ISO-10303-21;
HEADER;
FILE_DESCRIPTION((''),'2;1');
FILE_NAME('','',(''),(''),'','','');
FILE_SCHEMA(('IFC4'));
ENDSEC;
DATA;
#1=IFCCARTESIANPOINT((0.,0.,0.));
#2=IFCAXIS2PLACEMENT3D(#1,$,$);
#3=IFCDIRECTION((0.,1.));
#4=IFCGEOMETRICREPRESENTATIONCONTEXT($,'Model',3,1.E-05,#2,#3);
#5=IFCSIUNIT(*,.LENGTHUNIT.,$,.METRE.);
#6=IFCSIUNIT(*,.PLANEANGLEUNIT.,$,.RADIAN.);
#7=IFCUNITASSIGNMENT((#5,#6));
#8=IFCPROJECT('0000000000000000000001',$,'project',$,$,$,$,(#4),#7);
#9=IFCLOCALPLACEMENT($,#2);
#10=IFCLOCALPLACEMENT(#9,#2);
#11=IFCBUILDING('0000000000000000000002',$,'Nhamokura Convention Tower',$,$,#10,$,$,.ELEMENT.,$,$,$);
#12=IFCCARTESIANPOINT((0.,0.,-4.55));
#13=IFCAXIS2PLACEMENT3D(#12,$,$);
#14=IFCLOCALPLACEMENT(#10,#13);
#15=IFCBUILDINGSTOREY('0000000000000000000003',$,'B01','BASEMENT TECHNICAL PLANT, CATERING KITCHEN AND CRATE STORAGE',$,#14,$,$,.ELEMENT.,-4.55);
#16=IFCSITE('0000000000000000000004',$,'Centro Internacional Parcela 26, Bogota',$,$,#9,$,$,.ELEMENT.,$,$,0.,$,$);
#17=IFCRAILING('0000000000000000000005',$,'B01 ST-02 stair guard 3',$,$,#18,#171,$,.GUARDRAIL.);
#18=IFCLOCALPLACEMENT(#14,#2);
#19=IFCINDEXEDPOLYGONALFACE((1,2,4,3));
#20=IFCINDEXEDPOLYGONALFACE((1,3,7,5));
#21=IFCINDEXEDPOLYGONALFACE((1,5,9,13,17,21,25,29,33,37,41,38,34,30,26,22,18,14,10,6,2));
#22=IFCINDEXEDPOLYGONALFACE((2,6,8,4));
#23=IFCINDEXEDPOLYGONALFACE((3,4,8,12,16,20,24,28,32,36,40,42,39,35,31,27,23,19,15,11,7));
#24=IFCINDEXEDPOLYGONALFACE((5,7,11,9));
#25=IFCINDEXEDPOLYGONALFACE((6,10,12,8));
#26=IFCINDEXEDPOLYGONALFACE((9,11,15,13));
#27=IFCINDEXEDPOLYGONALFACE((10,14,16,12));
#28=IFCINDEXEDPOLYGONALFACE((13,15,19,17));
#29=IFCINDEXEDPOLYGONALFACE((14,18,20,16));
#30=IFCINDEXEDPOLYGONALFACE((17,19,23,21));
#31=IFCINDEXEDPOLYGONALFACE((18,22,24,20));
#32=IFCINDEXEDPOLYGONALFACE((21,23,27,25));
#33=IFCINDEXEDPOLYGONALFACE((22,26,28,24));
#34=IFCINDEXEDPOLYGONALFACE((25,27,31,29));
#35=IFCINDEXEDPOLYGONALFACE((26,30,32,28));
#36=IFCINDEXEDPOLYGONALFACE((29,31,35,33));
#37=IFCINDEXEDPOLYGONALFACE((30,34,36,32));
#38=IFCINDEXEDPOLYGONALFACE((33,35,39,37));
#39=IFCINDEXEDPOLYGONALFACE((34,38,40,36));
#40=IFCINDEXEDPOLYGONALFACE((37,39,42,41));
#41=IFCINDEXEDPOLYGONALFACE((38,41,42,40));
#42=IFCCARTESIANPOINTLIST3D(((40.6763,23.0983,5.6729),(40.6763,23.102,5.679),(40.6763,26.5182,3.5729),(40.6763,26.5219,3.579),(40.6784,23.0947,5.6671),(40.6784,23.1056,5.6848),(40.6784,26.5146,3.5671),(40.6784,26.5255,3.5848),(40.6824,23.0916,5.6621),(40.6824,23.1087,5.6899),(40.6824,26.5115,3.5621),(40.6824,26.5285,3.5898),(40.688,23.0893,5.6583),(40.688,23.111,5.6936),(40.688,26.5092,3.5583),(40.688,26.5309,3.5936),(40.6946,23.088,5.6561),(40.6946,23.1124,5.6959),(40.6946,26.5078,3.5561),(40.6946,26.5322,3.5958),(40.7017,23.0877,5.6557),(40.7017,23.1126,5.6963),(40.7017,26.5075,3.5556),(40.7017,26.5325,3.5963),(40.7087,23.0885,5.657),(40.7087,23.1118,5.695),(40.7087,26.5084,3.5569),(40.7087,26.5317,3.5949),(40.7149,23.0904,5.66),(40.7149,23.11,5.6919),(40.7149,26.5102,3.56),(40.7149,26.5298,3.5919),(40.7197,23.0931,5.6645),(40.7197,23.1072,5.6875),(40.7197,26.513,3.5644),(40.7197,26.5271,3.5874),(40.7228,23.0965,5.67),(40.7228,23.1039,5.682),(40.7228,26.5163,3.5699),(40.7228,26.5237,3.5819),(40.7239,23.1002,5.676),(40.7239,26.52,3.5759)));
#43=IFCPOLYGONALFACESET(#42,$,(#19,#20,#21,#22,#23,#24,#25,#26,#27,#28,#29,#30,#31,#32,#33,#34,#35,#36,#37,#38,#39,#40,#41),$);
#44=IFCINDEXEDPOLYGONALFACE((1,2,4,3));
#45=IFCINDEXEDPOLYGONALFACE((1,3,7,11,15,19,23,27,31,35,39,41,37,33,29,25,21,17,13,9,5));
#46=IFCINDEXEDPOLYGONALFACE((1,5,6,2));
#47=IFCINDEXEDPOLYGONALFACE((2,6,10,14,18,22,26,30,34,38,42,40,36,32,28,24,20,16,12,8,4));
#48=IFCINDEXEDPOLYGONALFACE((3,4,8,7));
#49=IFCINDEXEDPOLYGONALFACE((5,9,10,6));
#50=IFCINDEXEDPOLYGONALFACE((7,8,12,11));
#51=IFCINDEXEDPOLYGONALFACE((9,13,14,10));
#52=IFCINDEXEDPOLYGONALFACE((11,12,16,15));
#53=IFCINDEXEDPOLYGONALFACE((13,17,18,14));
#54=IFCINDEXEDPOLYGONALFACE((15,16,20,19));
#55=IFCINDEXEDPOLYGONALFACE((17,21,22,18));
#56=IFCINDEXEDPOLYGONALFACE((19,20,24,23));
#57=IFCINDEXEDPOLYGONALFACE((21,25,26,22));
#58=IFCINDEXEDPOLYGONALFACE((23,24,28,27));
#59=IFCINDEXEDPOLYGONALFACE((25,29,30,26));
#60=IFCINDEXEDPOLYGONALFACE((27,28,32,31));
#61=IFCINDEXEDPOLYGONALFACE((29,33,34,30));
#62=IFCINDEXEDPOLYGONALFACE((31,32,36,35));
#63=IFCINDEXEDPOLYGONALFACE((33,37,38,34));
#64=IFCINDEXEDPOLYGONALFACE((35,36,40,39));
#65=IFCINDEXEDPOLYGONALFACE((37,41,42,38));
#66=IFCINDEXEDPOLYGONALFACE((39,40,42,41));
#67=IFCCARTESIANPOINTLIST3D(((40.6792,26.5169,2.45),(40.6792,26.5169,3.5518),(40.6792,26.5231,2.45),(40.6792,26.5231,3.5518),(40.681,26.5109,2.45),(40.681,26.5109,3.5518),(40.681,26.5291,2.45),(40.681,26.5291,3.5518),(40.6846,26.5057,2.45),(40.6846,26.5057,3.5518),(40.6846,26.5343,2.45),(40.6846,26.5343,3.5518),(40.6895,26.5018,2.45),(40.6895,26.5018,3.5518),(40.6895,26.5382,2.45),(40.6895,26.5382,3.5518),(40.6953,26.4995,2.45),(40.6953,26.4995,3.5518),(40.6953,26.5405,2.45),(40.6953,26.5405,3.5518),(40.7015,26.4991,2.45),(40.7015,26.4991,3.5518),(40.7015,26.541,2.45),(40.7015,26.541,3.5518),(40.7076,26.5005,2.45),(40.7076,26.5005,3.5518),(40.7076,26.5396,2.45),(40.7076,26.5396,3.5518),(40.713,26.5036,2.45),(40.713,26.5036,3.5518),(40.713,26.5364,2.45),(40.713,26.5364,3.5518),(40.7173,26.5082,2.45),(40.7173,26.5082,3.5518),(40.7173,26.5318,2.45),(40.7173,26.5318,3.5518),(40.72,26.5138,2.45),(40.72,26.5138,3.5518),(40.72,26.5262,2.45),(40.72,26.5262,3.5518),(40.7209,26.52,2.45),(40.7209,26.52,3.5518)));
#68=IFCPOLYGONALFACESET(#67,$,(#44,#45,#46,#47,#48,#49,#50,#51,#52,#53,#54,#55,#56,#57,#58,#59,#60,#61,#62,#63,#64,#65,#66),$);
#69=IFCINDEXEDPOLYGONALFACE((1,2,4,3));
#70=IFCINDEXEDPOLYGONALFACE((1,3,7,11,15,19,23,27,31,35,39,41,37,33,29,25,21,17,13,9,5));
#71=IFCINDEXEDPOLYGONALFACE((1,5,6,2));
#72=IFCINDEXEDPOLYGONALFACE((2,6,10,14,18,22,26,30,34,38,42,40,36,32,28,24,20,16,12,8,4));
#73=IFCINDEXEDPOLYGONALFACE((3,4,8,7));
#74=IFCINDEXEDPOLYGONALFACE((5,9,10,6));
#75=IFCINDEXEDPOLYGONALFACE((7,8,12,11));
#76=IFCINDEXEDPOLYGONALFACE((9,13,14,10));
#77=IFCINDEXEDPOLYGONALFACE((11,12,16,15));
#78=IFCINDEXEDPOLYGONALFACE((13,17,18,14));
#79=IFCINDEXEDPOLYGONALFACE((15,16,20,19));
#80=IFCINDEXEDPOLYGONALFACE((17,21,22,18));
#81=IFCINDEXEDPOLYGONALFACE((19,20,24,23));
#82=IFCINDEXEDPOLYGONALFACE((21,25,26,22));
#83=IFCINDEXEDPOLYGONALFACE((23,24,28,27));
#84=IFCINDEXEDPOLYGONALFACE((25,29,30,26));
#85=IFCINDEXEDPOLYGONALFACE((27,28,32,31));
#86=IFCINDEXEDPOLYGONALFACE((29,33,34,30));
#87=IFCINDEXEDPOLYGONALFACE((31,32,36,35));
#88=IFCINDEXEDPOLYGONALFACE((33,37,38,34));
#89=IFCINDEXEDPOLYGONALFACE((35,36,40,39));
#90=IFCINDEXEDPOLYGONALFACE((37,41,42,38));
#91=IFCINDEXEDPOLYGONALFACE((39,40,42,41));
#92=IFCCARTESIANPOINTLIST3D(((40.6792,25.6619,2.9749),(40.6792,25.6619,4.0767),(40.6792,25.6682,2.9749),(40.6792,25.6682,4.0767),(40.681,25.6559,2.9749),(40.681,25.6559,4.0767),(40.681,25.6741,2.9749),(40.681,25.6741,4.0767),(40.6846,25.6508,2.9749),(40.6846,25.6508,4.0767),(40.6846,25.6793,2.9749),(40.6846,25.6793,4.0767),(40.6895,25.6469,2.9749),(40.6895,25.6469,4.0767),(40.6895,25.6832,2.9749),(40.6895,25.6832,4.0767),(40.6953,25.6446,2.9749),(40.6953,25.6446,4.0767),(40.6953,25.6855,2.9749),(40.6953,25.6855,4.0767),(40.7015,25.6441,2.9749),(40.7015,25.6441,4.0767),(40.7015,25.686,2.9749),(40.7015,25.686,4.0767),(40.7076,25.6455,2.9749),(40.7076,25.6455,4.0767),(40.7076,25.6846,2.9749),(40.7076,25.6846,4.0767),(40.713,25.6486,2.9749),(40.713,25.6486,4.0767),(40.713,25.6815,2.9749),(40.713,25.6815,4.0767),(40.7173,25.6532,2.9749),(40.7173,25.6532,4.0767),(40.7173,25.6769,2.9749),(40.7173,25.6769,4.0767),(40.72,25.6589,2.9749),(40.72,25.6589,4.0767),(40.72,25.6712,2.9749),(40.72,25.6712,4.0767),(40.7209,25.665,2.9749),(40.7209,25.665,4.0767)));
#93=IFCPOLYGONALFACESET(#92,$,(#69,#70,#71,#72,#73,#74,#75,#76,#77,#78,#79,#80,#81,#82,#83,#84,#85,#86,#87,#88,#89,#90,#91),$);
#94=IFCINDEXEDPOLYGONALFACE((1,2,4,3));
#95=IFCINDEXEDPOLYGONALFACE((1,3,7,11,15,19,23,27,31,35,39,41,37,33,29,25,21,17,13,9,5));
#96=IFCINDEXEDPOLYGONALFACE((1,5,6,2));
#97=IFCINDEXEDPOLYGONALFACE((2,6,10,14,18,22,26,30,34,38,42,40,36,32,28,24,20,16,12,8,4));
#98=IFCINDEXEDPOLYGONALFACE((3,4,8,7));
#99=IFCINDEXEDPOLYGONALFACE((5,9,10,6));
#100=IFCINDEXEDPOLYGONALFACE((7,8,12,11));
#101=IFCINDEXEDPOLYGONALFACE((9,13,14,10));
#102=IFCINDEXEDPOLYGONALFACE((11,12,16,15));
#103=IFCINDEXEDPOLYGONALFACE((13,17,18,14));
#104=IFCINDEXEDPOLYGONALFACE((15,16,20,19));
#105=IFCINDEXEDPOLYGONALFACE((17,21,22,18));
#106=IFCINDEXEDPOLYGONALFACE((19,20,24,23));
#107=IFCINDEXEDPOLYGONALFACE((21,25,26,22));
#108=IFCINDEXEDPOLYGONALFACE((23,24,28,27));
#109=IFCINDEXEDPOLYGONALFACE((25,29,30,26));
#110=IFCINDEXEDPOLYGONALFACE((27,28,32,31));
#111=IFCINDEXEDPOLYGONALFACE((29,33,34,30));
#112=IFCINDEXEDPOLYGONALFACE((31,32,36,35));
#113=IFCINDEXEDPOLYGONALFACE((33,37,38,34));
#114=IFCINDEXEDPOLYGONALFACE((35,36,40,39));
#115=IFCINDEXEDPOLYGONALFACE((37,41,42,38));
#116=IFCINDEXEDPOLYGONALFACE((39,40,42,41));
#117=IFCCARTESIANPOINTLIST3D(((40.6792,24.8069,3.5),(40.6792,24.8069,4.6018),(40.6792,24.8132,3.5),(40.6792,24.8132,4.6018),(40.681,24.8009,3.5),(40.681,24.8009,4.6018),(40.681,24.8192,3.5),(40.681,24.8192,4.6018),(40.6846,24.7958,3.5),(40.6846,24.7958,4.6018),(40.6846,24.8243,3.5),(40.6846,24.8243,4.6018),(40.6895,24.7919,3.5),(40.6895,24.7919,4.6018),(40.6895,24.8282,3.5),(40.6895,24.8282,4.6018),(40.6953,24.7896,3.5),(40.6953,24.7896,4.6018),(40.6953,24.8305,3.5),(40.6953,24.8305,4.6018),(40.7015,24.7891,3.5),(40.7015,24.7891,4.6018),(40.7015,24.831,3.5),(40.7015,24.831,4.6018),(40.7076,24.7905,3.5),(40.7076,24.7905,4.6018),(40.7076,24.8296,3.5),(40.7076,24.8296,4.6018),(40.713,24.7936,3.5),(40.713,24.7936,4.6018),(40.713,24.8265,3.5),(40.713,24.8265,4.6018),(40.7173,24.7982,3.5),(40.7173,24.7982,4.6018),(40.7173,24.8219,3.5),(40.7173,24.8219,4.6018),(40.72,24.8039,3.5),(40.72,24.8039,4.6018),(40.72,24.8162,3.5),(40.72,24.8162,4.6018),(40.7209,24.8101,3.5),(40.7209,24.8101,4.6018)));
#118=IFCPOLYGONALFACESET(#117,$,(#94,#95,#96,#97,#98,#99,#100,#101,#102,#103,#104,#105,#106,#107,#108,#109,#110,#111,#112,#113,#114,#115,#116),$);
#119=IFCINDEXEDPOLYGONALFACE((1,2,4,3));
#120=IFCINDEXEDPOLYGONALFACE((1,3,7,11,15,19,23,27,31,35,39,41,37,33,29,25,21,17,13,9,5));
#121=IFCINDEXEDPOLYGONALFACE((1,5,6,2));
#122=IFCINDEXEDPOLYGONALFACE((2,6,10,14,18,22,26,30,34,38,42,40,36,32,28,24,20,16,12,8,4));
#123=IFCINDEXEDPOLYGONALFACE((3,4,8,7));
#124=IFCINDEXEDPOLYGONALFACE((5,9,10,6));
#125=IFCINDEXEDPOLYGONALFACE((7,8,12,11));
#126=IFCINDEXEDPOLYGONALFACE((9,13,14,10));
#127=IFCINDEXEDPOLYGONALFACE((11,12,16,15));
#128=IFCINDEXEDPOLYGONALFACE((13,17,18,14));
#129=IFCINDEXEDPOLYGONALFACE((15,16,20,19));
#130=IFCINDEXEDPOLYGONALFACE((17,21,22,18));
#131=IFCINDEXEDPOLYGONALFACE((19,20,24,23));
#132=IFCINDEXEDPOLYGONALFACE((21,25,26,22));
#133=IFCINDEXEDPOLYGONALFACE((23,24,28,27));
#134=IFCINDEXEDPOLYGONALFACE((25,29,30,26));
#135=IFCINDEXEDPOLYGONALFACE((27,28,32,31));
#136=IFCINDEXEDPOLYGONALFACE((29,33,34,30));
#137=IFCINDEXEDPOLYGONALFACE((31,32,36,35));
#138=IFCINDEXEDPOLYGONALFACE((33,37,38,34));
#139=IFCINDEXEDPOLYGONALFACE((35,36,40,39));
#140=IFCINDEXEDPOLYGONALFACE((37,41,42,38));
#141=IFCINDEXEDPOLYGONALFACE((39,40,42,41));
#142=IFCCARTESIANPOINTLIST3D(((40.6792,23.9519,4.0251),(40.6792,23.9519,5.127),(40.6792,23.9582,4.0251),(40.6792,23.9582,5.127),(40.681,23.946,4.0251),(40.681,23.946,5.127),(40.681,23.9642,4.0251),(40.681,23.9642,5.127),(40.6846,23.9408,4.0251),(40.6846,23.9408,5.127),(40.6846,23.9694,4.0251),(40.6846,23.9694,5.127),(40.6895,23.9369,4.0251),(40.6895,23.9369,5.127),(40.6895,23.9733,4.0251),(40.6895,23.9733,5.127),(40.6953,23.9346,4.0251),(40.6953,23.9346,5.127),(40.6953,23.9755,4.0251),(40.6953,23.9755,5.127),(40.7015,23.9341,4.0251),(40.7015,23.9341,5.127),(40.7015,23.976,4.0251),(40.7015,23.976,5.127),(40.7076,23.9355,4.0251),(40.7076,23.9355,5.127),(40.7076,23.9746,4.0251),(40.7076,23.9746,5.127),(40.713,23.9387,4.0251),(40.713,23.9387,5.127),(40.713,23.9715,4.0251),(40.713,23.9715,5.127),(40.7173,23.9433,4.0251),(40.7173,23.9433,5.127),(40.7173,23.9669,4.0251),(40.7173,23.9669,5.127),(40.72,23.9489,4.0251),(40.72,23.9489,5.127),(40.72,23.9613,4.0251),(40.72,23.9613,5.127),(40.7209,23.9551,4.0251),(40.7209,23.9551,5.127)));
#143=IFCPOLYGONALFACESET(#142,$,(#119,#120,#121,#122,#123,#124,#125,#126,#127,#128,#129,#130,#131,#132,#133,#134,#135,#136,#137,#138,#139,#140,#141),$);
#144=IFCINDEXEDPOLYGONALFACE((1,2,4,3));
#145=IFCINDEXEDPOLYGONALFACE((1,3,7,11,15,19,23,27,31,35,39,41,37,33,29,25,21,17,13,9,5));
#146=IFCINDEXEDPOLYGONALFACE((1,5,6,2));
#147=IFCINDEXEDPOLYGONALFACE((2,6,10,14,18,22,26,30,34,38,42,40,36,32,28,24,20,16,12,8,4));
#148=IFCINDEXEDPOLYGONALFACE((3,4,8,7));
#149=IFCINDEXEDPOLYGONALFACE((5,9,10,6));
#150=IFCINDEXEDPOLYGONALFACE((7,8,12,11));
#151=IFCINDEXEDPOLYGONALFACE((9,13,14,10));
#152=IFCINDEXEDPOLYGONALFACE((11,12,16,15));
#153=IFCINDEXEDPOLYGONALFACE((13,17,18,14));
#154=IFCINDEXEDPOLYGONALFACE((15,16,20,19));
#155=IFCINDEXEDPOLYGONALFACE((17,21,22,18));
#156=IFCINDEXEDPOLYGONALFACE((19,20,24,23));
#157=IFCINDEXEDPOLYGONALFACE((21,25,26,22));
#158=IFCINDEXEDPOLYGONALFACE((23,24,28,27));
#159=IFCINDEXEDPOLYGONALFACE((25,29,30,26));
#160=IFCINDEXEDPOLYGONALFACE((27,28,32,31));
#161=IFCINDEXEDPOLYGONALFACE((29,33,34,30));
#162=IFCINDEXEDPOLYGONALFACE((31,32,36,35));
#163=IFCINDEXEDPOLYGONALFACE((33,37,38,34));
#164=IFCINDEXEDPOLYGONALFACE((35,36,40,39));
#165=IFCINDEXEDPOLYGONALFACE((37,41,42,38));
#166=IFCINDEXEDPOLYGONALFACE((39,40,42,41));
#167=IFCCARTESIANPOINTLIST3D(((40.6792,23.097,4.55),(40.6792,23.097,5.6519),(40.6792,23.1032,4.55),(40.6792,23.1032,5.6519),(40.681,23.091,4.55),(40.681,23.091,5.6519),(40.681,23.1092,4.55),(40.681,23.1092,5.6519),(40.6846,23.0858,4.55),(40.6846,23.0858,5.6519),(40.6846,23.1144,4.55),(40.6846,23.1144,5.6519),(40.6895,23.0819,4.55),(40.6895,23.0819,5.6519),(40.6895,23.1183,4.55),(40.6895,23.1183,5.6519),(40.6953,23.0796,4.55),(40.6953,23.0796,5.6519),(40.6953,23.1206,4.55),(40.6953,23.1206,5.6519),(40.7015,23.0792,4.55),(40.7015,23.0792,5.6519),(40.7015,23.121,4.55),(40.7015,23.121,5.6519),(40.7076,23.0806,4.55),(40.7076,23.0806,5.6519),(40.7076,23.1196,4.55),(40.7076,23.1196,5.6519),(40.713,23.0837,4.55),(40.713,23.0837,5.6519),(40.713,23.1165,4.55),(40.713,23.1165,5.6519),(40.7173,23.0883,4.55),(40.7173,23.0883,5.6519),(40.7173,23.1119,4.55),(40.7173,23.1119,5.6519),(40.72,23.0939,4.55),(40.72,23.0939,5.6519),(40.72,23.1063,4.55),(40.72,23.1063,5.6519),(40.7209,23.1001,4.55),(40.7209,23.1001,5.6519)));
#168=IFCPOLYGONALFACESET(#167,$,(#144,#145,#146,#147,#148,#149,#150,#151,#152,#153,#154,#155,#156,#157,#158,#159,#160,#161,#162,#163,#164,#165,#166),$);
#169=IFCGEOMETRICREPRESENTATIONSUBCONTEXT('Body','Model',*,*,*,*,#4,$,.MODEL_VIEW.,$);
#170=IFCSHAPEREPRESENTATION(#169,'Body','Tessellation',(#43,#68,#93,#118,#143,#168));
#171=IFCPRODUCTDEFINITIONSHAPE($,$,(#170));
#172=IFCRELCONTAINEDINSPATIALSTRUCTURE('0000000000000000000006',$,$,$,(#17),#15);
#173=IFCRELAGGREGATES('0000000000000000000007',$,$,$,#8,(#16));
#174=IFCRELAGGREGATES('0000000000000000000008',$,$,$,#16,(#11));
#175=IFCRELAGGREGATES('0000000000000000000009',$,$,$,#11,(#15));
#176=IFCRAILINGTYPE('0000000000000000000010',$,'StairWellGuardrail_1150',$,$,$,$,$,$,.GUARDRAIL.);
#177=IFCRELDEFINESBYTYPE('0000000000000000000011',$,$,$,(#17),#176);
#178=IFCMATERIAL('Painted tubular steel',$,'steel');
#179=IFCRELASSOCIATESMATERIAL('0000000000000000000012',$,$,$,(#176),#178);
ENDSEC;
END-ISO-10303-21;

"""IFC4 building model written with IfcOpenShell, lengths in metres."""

from ifc_helpers import new_model, si_unit, direction, frame, origin, origin_2d, place, context, subcontext, project, spatial, circle, extrude, material, type_object, element, save


model = new_model("IFC4")

# Units and contexts
model_context = context("Model", 3, precision=1e-05, world=origin(), true_north=direction((0.0, 1.0)))
body_context = subcontext(model_context, "Body", "Model", "MODEL_VIEW")
ifc_project = project(units=[si_unit("LENGTHUNIT", "METRE"), si_unit("PLANEANGLEUNIT", "RADIAN")], contexts=[model_context])

# Site, building, storey
site_placement = place(None, origin())
site = spatial("IfcSite", under=ifc_project, at=site_placement, Name="Centro Internacional Parcela 26, Bogota", CompositionType="ELEMENT", RefElevation=0.0)
building_placement = place(site_placement, origin())
building = spatial("IfcBuilding", under=site, at=building_placement, Name="Nhamokura Convention Tower", CompositionType="ELEMENT")
storey_placement = place(building_placement, frame((0.0, 0.0, -4.55)))
storey = spatial("IfcBuildingStorey", under=building, at=storey_placement, Name="B01", Description="BASEMENT TECHNICAL PLANT, CATERING KITCHEN AND CRATE STORAGE", CompositionType="ELEMENT", Elevation=-4.55)

# Railing
ifc_material_1 = material(Name="Painted tubular steel", Category="steel")
railing_type_1 = type_object("IfcRailingType", Name="StairWellGuardrail_1150", PredefinedType="GUARDRAIL", material=ifc_material_1)
railing_1_placement = place(storey_placement, frame((40.7, 26.52, 2.45)))
element("IfcRailing", 1, at=railing_1_placement, inside=storey, type_object=railing_type_1, Name="B01 ST-02 stair guard 3", PredefinedType="GUARDRAIL", context=body_context, shape_type="SweptSolid", body=[
    extrude(circle(Radius=0.0239, at=origin_2d()), frame((0.0, 0.0, 1.126), z_axis=(0.0, -0.852155, 0.523289), x_axis=(1.0, 0.0, 0.0)), (0.0, 0.0, 1.0), 4.0132),
    extrude(circle(Radius=0.021, at=origin_2d()), origin(), (0.0, 0.0, 1.0), 1.1018),
    extrude(circle(Radius=0.021, at=origin_2d()), frame((0.0, -0.855, 0.5249)), (0.0, 0.0, 1.0), 1.1018),
    extrude(circle(Radius=0.021, at=origin_2d()), frame((0.0, -1.71, 1.05)), (0.0, 0.0, 1.0), 1.1018),
    extrude(circle(Radius=0.021, at=origin_2d()), frame((0.0, -2.5649, 1.5752)), (0.0, 0.0, 1.0), 1.1018),
    extrude(circle(Radius=0.021, at=origin_2d()), frame((0.0, -3.4199, 2.1001)), (0.0, 0.0, 1.0), 1.1018),
])

save(model, "model.ifc")
